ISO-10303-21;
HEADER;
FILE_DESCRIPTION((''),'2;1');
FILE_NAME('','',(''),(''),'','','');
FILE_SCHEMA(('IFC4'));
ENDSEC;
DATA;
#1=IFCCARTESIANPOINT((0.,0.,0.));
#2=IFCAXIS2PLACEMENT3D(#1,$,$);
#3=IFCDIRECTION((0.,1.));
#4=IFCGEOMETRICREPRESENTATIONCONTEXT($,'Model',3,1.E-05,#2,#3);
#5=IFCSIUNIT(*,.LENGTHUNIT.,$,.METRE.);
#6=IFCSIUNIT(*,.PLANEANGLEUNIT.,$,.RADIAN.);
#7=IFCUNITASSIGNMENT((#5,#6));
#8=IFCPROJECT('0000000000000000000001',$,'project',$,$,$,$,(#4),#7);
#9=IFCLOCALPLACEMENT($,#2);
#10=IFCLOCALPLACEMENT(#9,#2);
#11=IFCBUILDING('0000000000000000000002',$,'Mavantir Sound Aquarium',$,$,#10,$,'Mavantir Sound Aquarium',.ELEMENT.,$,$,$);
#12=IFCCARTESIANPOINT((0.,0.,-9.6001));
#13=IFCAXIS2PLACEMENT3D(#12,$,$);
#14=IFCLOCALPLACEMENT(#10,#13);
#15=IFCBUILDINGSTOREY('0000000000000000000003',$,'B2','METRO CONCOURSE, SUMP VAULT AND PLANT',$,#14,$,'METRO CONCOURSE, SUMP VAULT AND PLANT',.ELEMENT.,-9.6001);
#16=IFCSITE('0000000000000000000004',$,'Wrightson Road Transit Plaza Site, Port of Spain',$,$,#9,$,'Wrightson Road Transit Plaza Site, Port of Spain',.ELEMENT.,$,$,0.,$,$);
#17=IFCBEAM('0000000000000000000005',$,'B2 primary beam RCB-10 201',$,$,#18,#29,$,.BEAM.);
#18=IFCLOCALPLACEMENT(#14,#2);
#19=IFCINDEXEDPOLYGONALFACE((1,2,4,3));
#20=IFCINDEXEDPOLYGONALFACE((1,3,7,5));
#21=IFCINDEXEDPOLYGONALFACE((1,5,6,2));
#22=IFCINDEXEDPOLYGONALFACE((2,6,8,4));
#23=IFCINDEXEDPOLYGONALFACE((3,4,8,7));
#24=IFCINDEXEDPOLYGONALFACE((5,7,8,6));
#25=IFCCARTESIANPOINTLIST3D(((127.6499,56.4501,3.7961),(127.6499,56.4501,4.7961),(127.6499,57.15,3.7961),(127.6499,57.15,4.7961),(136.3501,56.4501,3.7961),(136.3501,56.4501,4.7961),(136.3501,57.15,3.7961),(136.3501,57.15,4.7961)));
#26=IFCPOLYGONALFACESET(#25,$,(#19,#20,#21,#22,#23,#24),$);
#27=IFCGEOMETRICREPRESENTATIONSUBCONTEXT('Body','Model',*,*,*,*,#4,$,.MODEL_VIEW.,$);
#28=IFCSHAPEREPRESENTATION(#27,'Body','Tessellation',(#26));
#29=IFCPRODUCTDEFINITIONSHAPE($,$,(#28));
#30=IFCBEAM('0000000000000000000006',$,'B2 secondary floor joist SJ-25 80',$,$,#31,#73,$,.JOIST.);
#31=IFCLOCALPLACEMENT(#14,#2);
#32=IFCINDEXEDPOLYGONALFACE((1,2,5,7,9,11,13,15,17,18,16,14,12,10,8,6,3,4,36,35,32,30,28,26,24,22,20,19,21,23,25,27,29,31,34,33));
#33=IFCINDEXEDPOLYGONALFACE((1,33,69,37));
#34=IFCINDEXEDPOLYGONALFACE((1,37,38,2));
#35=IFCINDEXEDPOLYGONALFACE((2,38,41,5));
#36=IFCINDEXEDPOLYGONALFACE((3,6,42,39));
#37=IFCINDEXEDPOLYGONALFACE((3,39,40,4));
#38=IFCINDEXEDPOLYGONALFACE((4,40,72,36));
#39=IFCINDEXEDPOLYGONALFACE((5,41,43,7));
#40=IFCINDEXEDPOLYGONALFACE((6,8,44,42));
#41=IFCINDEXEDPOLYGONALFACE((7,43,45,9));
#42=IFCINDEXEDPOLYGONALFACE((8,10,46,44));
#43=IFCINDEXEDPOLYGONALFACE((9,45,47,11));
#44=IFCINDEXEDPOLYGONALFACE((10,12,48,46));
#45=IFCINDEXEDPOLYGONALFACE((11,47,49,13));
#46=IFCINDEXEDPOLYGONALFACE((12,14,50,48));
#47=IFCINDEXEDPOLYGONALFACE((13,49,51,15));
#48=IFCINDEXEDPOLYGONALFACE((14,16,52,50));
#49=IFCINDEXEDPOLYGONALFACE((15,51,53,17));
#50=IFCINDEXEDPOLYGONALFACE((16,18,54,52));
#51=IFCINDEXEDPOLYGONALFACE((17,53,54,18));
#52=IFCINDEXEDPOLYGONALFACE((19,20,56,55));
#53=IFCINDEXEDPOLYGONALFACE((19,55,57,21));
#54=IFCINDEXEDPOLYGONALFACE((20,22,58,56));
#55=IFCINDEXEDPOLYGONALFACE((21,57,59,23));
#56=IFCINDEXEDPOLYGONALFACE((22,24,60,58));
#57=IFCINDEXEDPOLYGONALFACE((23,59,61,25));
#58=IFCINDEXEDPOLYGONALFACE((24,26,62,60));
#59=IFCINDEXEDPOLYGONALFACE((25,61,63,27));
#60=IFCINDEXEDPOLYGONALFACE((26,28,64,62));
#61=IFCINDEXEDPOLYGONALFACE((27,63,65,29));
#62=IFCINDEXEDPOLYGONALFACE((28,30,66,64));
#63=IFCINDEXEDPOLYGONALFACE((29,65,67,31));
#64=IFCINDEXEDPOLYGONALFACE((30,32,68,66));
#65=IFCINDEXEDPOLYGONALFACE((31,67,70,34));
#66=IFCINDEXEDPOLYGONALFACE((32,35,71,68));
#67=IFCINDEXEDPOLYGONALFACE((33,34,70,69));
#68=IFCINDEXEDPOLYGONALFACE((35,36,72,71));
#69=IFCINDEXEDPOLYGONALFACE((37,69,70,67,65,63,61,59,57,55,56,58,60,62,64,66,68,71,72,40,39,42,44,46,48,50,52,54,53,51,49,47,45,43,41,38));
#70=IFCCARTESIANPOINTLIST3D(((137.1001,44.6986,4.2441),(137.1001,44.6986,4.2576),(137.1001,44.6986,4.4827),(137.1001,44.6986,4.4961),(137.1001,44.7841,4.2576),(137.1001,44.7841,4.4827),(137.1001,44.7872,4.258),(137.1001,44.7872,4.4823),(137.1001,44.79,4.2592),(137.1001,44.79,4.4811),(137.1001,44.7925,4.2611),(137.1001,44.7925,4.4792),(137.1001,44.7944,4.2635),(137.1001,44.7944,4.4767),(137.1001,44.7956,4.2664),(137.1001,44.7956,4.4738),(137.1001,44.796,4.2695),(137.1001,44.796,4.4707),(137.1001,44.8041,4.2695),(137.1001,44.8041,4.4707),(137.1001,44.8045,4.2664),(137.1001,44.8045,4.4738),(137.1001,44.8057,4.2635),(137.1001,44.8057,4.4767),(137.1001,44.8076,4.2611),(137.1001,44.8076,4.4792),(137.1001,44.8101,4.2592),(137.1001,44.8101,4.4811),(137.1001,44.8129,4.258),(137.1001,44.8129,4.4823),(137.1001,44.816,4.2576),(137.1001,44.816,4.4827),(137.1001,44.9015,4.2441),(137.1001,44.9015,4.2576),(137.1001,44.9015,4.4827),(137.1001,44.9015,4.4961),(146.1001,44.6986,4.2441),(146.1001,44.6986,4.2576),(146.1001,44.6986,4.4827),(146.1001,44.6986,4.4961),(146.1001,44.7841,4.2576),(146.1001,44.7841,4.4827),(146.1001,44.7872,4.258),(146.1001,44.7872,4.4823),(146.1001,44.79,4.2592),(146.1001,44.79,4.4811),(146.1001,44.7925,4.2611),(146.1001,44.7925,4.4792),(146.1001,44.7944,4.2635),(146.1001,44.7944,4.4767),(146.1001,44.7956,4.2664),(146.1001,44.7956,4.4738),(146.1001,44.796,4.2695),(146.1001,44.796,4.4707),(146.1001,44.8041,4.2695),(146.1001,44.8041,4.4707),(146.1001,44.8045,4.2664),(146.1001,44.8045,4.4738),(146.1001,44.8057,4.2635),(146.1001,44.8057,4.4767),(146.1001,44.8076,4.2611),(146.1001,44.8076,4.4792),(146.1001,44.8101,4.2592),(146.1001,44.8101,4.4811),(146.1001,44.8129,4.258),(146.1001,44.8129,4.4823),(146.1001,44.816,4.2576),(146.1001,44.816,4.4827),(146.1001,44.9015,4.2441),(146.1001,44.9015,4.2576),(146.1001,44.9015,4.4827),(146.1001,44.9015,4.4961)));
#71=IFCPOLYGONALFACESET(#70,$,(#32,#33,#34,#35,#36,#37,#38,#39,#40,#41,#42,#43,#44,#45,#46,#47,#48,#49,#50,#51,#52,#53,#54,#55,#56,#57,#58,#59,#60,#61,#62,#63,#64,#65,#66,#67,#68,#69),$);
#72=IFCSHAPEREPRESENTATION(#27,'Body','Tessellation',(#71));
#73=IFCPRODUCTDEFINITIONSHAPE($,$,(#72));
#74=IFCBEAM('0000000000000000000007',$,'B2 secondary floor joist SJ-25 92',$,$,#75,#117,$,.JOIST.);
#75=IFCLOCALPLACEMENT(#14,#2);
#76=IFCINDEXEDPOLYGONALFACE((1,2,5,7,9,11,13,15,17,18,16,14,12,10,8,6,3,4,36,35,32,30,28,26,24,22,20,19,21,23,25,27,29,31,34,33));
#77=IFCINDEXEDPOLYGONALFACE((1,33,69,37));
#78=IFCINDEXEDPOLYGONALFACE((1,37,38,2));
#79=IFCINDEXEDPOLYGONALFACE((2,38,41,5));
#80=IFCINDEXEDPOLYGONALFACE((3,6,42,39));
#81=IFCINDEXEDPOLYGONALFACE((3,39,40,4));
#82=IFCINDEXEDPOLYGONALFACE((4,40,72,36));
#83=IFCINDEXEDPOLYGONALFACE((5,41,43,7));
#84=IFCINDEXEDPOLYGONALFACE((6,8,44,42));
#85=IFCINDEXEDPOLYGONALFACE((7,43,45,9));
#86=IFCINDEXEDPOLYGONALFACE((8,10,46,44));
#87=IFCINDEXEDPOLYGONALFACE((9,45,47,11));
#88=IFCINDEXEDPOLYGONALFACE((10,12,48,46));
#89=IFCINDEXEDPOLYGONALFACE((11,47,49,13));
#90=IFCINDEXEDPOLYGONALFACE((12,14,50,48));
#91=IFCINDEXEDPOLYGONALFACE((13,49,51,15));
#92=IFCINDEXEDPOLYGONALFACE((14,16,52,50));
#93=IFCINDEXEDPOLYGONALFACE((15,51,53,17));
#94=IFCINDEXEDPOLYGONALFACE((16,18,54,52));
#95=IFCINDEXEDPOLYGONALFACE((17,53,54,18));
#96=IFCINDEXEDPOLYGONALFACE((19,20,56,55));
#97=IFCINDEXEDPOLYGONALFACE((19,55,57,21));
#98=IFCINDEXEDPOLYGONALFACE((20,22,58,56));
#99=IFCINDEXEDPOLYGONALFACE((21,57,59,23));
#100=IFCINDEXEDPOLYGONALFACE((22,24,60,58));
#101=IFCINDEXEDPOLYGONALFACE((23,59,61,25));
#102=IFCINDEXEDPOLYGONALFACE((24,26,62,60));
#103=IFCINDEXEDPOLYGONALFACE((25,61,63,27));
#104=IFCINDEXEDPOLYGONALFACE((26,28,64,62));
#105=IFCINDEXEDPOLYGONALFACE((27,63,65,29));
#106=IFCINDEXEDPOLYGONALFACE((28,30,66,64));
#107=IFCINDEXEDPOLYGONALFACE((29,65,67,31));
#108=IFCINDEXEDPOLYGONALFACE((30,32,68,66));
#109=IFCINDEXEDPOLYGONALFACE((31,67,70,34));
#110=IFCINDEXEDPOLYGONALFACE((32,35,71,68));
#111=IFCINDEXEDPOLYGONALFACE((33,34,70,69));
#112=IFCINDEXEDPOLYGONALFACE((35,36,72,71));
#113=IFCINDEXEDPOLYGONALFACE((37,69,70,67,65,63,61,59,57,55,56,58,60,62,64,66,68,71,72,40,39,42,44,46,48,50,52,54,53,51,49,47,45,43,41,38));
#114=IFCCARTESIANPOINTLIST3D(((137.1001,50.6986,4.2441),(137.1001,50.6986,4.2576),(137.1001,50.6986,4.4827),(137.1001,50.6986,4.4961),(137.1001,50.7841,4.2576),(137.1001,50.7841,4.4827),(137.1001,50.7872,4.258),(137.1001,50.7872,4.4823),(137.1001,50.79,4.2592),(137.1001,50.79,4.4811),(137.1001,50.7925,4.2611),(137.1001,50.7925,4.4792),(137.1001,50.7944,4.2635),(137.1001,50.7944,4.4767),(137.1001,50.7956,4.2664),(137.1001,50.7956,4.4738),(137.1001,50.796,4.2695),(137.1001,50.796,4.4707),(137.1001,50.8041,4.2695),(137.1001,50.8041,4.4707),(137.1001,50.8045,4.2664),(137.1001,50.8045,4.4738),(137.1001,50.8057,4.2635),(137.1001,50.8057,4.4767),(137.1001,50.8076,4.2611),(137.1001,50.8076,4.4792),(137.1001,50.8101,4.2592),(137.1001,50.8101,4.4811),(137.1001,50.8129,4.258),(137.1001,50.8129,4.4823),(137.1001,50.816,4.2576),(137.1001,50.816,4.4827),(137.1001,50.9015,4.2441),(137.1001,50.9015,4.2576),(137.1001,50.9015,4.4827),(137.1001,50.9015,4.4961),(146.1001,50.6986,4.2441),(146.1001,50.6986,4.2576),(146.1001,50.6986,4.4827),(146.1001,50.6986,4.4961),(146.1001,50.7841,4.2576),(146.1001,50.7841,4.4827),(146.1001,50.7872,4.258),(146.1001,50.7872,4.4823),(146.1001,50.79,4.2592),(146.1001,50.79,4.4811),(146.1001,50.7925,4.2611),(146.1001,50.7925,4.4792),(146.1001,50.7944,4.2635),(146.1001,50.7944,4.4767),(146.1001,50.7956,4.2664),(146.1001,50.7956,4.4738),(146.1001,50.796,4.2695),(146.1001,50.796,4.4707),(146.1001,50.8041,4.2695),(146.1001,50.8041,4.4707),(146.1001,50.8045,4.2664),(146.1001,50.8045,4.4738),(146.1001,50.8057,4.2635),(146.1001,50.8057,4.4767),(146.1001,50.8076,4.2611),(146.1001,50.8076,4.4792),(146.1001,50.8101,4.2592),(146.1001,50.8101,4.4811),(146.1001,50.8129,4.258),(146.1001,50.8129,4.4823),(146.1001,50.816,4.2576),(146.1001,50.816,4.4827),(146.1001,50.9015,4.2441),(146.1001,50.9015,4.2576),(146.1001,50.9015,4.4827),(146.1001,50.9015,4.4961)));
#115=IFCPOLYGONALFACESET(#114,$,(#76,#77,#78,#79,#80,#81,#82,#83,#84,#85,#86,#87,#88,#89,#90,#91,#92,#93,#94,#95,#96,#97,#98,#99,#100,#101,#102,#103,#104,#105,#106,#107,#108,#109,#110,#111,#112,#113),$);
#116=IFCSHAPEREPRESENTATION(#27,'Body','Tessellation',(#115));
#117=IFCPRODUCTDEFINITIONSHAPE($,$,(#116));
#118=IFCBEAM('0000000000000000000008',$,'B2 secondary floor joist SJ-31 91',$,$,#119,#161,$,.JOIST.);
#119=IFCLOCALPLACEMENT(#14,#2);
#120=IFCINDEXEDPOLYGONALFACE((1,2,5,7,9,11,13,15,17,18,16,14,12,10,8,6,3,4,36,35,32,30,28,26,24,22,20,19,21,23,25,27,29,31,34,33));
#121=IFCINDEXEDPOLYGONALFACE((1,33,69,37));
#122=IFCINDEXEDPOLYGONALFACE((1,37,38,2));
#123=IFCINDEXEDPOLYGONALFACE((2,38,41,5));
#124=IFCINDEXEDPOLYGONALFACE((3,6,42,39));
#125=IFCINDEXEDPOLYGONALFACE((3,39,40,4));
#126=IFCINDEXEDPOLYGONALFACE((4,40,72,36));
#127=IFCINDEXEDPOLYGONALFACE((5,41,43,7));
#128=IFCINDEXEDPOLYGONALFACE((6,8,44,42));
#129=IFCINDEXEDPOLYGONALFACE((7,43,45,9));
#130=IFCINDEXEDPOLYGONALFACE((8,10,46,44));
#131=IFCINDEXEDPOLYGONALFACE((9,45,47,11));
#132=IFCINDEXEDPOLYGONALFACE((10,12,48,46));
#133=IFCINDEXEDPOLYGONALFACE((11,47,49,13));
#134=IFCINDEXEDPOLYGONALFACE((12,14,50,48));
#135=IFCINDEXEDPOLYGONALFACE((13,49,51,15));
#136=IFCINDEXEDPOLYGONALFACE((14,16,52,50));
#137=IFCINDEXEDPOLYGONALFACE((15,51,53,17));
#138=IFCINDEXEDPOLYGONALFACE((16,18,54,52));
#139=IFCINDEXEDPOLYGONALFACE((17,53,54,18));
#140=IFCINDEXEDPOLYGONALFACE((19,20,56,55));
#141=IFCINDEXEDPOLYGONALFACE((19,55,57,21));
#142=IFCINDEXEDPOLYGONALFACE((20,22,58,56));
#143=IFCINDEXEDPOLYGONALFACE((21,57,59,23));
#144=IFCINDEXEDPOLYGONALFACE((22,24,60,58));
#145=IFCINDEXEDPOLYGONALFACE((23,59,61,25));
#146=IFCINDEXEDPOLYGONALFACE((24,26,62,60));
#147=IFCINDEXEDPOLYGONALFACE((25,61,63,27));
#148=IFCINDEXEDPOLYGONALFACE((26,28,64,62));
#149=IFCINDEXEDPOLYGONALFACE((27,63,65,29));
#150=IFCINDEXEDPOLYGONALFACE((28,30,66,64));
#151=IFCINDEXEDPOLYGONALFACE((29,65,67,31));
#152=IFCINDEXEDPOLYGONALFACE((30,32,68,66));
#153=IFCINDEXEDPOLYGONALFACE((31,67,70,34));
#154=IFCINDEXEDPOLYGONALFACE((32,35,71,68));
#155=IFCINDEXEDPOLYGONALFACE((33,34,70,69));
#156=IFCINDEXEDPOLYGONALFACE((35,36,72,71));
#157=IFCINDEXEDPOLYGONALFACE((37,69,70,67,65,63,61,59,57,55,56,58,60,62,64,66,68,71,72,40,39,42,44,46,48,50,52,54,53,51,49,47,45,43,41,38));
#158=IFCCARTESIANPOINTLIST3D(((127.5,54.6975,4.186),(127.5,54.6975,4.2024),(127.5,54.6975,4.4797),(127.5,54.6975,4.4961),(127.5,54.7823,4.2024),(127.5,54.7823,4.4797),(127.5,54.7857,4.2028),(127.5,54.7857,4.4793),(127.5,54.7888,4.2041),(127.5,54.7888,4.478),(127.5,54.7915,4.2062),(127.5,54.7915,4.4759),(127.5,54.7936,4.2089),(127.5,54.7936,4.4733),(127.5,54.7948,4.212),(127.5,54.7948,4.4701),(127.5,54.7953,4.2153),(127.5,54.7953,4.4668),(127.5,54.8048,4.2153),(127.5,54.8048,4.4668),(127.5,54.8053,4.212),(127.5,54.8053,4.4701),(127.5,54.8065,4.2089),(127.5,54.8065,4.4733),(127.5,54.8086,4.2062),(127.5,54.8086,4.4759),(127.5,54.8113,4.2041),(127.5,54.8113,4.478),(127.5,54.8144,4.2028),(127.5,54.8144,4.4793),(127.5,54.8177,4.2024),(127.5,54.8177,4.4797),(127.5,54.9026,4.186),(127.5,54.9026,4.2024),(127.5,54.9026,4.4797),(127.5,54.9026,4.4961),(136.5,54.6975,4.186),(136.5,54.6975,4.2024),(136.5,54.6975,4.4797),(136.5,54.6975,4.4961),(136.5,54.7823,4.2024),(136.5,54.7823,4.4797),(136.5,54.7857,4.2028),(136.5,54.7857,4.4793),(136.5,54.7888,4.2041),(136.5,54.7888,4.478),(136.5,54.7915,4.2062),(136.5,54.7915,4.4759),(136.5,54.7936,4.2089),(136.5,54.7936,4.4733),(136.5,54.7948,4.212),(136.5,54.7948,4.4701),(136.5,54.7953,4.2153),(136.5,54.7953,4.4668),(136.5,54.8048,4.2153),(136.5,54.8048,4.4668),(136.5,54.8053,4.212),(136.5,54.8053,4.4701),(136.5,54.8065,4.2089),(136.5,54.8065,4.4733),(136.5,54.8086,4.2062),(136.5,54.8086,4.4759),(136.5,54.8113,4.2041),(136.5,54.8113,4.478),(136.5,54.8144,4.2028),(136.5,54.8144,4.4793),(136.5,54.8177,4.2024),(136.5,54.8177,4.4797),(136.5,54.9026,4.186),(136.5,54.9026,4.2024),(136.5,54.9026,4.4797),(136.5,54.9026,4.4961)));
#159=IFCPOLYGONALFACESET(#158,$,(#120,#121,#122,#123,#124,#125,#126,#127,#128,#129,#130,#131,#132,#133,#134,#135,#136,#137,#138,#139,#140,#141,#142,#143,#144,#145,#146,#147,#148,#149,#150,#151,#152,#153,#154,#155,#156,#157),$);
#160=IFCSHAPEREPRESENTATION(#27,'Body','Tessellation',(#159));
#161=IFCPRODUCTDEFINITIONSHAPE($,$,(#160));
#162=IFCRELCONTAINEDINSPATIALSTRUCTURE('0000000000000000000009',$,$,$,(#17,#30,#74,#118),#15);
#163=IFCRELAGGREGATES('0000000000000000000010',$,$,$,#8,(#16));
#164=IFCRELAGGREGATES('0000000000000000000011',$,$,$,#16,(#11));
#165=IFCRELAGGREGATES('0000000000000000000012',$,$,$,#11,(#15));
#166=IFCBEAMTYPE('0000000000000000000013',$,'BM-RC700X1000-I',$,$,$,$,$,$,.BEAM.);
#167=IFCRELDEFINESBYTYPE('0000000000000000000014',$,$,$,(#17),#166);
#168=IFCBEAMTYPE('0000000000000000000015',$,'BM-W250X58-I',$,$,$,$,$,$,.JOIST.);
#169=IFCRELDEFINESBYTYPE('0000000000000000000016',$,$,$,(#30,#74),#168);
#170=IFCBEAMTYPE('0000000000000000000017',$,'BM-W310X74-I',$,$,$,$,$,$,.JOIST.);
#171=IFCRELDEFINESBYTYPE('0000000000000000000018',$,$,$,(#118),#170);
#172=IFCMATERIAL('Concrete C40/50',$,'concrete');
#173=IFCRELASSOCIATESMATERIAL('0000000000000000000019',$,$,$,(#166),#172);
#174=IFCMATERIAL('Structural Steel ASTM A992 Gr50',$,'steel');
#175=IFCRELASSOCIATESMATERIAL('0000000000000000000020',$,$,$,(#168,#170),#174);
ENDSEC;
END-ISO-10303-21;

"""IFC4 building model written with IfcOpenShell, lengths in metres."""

from ifc_helpers import new_model, si_unit, direction, frame, origin, origin_2d, place, context, subcontext, project, spatial, rectangle, i_section, extrude, material, material_profile, profile_set, type_object, element, save


model = new_model("IFC4")

# Units and contexts
model_context = context("Model", 3, precision=1e-05, world=origin(), true_north=direction((0.0, 1.0)))
body_context = subcontext(model_context, "Body", "Model", "MODEL_VIEW")
ifc_project = project(units=[si_unit("LENGTHUNIT", "METRE"), si_unit("PLANEANGLEUNIT", "RADIAN")], contexts=[model_context])

# Site, building, storey
site_placement = place(None, origin())
site = spatial("IfcSite", under=ifc_project, at=site_placement, Name="Wrightson Road Transit Plaza Site, Port of Spain", LongName="Wrightson Road Transit Plaza Site, Port of Spain", CompositionType="ELEMENT", RefElevation=0.0)
building_placement = place(site_placement, origin())
building = spatial("IfcBuilding", under=site, at=building_placement, Name="Mavantir Sound Aquarium", LongName="Mavantir Sound Aquarium", CompositionType="ELEMENT")
storey_placement = place(building_placement, frame((0.0, 0.0, -9.6001)))
storey = spatial("IfcBuildingStorey", under=building, at=storey_placement, Name="B2", Description="METRO CONCOURSE, SUMP VAULT AND PLANT", LongName="METRO CONCOURSE, SUMP VAULT AND PLANT", CompositionType="ELEMENT", Elevation=-9.6001)

# Shared definitions
ifc_material_1 = material(Name="Concrete C40/50", Category="concrete")

# Beams
ifc_material_profile_1 = material_profile(ifc_material_1, rectangle(XDim=0.7, YDim=1.0, at=origin_2d()), Name="RC 700X1000")
ifc_profile_set_1 = profile_set([ifc_material_profile_1], Name="Concrete C40/50")
beam_type_1 = type_object("IfcBeamType", Name="BM-RC700X1000-I", PredefinedType="BEAM", material=ifc_profile_set_1)
beam_1_placement = place(storey_placement, frame((127.6499, 56.8, 4.2961), z_axis=(1.0, 0.0, 0.0), x_axis=(0.0, 1.0, 0.0)))
element("IfcBeam", 1, at=beam_1_placement, inside=storey, type_object=beam_type_1, Name="B2 primary beam RCB-10 201", PredefinedType="BEAM", context=body_context, shape_type="SweptSolid", body=[
    extrude(rectangle(XDim=0.7, YDim=1.0, at=origin_2d()), origin(), (0.0, 0.0, 1.0), 8.7002),
])
ifc_material_2 = material(Name="Structural Steel ASTM A992 Gr50", Category="steel")
ifc_material_profile_2 = material_profile(ifc_material_2, i_section(OverallWidth=0.2029, OverallDepth=0.252, WebThickness=0.0081, FlangeThickness=0.0134, FilletRadius=0.012, at=origin_2d()), Name="W250X58")
ifc_profile_set_2 = profile_set([ifc_material_profile_2], Name="Structural Steel ASTM A992 Gr50")
beam_type_2 = type_object("IfcBeamType", Name="BM-W250X58-I", PredefinedType="JOIST", material=ifc_profile_set_2)
for number, where, z_axis, x_axis, name in (
    (2, (137.1001, 44.8, 4.3701), (1.0, 0.0, 0.0), (0.0, 1.0, 0.0), "B2 secondary floor joist SJ-25 80"),
    (3, (137.1001, 50.8, 4.3701), (1.0, 0.0, 0.0), (0.0, 1.0, 0.0), "B2 secondary floor joist SJ-25 92"),
):
    element("IfcBeam", number, at=place(storey_placement, frame(where, z_axis=z_axis, x_axis=x_axis)), inside=storey, type_object=beam_type_2, Name=name, PredefinedType="JOIST", context=body_context, shape_type="SweptSolid", body=[
        extrude(i_section(OverallWidth=0.2029, OverallDepth=0.252, WebThickness=0.0081, FlangeThickness=0.0134, FilletRadius=0.012, at=origin_2d()), origin(), (0.0, 0.0, 1.0), 9.0),
    ])
ifc_material_profile_3 = material_profile(ifc_material_2, i_section(OverallWidth=0.2051, OverallDepth=0.3101, WebThickness=0.0095, FlangeThickness=0.0164, FilletRadius=0.0129, at=origin_2d()), Name="W310X74")
ifc_profile_set_3 = profile_set([ifc_material_profile_3], Name="Structural Steel ASTM A992 Gr50")
beam_type_3 = type_object("IfcBeamType", Name="BM-W310X74-I", PredefinedType="JOIST", material=ifc_profile_set_3)
beam_2_placement = place(storey_placement, frame((127.5, 54.8, 4.3411), z_axis=(1.0, 0.0, 0.0), x_axis=(0.0, 1.0, 0.0)))
element("IfcBeam", 4, at=beam_2_placement, inside=storey, type_object=beam_type_3, Name="B2 secondary floor joist SJ-31 91", PredefinedType="JOIST", context=body_context, shape_type="SweptSolid", body=[
    extrude(i_section(OverallWidth=0.2051, OverallDepth=0.3101, WebThickness=0.0095, FlangeThickness=0.0164, FilletRadius=0.0129, at=origin_2d()), origin(), (0.0, 0.0, 1.0), 9.0),
])

save(model, "model.ifc")
